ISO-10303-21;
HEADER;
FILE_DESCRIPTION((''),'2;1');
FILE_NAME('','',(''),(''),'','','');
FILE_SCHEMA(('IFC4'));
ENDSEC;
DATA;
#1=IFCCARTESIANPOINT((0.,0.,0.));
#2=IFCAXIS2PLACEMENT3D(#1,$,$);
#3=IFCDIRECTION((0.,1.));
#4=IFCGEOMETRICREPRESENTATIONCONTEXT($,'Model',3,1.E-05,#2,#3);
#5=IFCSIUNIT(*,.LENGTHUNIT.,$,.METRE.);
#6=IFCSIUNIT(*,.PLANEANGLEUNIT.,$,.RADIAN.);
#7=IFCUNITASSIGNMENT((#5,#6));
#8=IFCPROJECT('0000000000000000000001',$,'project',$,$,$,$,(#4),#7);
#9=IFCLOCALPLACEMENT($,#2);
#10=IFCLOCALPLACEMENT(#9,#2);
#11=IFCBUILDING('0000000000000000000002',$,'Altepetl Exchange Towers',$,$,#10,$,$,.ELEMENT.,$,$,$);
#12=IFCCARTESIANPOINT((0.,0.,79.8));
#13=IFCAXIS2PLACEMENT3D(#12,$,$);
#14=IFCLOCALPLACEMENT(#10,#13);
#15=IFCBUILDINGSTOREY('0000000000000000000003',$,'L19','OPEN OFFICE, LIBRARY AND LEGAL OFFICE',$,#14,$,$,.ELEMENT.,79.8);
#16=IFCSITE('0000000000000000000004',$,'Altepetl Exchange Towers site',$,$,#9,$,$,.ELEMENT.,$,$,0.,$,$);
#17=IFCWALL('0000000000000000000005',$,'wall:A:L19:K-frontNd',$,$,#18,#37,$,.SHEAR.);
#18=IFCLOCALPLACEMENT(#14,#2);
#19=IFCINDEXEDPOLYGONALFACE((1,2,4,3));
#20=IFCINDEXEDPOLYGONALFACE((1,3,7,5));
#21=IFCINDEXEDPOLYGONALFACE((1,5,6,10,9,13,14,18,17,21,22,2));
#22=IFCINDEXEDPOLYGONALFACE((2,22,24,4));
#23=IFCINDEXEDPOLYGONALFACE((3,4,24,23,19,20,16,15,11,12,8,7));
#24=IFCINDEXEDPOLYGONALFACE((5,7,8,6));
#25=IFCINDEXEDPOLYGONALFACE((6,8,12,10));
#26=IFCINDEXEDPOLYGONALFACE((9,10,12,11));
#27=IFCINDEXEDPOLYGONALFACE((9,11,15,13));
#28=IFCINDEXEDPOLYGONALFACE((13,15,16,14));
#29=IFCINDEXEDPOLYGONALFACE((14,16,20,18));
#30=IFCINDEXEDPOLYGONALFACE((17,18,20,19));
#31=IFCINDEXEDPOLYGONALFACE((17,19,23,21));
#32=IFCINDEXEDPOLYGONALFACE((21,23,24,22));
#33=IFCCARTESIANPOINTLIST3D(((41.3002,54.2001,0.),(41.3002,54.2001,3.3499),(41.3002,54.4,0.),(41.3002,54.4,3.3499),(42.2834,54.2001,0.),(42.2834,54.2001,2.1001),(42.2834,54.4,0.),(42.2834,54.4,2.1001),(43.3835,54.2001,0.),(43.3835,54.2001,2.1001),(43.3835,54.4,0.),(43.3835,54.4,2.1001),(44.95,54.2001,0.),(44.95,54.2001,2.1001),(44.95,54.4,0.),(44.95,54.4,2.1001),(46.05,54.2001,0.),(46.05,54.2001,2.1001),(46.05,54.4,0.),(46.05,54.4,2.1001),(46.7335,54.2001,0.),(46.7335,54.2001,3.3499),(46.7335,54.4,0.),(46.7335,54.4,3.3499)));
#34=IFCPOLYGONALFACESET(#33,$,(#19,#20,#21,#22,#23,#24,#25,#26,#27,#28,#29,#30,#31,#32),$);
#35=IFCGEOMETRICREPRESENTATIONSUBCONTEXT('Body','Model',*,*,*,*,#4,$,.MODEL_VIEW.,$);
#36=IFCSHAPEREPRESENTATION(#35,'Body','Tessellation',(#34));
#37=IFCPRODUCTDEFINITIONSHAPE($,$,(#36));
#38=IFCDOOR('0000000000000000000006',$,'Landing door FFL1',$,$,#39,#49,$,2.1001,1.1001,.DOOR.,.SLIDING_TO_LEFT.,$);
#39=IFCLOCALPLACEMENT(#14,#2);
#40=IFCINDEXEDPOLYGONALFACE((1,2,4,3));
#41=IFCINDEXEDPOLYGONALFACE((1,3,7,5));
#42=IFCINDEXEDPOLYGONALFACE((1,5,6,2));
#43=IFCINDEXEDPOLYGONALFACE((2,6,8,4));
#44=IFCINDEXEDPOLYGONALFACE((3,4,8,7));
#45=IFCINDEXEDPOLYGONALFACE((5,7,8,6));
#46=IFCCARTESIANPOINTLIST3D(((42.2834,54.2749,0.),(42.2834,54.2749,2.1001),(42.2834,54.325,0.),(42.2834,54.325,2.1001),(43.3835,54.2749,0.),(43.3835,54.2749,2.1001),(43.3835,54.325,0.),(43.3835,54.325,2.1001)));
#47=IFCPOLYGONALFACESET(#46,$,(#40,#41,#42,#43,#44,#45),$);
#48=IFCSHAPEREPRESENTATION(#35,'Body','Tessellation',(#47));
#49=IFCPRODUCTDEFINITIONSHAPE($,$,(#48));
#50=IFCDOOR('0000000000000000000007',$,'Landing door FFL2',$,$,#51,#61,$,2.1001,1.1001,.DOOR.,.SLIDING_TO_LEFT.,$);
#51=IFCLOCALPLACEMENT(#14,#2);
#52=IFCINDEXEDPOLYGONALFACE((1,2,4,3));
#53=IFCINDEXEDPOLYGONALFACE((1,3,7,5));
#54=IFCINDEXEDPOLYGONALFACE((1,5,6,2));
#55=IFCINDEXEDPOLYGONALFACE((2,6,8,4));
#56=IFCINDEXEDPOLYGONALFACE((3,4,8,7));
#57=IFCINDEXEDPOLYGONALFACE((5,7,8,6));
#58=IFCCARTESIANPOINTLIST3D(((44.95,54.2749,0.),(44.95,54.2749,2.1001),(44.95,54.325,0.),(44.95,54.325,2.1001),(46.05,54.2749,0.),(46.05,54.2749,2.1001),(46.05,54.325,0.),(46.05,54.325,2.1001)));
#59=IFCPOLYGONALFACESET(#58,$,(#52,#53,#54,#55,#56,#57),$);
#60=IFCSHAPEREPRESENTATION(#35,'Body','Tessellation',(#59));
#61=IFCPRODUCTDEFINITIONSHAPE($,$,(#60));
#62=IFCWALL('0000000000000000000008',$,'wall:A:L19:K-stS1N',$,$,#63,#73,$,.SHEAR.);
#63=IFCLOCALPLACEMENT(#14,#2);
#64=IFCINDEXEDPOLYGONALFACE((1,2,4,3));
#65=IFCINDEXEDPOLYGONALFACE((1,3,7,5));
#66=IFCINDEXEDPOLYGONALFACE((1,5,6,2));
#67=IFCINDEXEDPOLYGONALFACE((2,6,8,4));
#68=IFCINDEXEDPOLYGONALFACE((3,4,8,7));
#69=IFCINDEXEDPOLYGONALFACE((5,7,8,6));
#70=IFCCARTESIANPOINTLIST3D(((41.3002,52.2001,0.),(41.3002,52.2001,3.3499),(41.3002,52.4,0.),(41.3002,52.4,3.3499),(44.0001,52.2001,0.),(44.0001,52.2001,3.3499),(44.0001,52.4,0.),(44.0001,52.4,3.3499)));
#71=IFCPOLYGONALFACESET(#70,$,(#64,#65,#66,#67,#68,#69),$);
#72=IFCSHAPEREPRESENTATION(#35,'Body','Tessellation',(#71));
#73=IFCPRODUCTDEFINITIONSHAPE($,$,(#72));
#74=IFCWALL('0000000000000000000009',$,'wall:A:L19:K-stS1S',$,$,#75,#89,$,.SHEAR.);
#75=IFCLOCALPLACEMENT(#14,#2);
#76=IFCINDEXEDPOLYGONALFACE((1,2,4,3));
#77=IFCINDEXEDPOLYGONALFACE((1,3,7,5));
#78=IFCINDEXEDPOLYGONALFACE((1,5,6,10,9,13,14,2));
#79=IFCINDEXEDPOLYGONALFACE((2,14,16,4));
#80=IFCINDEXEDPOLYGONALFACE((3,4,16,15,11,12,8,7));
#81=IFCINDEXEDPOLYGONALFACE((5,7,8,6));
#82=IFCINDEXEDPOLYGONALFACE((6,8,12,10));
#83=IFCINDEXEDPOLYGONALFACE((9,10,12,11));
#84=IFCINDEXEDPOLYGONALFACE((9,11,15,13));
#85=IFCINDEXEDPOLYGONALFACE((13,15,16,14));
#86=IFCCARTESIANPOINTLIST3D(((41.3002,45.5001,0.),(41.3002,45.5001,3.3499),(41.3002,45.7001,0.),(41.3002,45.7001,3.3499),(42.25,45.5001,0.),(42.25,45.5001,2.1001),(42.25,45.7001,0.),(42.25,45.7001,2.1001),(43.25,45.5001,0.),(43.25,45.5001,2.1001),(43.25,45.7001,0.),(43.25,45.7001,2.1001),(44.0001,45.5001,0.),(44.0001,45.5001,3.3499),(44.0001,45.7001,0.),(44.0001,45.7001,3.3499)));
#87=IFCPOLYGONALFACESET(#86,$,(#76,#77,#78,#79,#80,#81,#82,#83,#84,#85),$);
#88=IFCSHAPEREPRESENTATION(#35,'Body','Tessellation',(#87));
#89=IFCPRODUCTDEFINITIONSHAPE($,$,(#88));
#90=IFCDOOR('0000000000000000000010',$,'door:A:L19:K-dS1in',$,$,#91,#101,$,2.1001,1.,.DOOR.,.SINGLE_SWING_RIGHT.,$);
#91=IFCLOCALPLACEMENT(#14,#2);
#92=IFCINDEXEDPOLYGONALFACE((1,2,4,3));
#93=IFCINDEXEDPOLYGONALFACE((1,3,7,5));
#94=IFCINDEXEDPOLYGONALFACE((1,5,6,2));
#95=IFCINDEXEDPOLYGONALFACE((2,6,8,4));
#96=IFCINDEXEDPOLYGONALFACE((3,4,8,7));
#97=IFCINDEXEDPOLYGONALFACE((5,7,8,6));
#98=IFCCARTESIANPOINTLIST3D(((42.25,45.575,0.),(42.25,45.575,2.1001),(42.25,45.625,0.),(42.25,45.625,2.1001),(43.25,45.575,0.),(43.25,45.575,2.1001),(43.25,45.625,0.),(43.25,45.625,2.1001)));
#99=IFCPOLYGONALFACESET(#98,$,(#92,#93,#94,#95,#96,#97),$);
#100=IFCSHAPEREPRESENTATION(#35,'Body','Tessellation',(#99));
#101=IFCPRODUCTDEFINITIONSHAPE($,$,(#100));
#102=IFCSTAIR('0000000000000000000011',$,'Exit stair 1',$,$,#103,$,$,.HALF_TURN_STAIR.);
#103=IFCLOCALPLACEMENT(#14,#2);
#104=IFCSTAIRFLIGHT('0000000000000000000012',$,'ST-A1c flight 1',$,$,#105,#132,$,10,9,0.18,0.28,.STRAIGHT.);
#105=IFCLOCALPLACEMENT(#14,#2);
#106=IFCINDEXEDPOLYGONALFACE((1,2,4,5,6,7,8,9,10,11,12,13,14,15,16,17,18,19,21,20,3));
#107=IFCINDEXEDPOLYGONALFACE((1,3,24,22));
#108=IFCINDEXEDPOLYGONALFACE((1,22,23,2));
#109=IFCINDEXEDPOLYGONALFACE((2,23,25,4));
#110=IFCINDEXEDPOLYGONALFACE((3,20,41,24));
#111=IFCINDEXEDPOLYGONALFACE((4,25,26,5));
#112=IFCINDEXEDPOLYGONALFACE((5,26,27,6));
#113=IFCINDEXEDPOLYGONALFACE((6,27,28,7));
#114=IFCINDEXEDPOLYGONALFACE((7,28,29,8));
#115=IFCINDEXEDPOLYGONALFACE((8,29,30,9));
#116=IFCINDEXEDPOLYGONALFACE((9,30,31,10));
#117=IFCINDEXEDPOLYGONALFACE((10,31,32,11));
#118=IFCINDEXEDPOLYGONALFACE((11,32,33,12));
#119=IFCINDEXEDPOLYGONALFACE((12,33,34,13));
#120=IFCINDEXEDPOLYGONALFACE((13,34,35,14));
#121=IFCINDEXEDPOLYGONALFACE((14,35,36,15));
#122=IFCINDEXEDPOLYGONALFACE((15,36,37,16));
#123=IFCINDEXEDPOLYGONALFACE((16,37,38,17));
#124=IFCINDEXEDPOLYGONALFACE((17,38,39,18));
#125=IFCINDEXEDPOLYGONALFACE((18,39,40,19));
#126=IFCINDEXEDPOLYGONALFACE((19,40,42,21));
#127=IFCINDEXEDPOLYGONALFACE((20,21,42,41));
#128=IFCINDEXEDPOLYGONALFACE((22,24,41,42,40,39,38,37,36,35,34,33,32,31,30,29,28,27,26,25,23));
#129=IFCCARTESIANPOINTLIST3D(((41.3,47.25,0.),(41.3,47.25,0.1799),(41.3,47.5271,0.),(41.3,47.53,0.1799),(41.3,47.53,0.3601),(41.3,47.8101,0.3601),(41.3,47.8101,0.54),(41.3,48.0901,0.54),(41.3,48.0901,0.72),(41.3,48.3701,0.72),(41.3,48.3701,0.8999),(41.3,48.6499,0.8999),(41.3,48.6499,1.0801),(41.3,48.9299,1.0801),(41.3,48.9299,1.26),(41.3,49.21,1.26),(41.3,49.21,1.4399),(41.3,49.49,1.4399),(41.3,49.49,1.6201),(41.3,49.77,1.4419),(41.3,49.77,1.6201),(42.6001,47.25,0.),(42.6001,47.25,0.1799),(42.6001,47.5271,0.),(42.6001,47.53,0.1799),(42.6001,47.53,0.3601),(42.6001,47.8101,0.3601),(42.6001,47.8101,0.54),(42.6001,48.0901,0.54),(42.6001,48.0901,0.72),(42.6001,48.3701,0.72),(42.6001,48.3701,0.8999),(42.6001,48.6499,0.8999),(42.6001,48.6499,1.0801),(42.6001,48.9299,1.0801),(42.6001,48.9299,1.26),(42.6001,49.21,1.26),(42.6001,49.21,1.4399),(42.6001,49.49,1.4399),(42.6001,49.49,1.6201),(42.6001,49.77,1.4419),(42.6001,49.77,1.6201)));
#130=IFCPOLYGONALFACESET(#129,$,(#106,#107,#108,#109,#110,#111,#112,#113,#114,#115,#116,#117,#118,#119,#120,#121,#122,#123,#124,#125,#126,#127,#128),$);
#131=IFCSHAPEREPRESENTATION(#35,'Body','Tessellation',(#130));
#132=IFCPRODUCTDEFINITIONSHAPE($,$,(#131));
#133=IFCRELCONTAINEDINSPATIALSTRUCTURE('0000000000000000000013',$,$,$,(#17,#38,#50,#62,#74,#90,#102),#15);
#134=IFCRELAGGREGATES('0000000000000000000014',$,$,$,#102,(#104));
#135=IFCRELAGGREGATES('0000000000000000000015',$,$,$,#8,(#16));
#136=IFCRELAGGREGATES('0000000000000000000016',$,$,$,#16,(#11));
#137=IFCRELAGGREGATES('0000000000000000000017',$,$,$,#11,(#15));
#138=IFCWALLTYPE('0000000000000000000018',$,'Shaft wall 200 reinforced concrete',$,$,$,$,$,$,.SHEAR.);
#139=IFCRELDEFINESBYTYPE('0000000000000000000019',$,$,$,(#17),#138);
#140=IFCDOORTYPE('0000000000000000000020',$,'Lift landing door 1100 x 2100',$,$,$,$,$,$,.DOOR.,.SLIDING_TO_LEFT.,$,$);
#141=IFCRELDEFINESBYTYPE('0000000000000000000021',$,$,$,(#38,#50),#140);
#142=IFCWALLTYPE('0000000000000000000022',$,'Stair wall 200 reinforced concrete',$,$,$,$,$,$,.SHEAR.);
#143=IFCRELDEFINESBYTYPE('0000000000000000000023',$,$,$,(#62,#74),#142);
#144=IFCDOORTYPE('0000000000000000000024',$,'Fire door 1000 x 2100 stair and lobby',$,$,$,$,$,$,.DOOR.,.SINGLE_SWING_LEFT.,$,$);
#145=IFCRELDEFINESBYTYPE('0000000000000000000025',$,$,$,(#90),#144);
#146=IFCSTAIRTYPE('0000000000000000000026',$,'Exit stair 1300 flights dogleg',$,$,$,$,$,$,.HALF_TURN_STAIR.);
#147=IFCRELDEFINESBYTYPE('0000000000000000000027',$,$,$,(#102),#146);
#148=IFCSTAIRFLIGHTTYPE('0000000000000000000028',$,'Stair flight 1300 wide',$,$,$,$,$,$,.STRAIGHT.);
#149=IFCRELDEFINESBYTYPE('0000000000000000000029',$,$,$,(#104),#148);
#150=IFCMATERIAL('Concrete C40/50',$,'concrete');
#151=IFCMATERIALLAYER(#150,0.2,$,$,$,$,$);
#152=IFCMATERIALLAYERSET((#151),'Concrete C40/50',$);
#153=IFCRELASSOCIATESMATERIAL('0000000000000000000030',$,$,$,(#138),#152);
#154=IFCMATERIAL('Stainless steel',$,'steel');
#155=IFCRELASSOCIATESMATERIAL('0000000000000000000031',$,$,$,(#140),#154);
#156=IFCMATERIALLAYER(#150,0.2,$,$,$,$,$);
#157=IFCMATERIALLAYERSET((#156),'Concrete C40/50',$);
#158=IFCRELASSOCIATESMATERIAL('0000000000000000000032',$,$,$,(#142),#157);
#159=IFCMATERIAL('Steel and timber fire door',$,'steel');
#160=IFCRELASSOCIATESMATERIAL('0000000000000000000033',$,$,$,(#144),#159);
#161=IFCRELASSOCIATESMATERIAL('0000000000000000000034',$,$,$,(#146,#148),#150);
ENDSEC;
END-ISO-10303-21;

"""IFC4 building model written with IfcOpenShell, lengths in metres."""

from ifc_helpers import new_model, si_unit, direction, frame, frame_2d, origin, place, context, subcontext, project, spatial, polyline, rectangle, outline, extrude, material, layer, layer_set, type_object, element, fill, aggregate, save


model = new_model("IFC4")

# Units and contexts
model_context = context("Model", 3, precision=1e-05, world=origin(), true_north=direction((0.0, 1.0)))
body_context = subcontext(model_context, "Body", "Model", "MODEL_VIEW")
ifc_project = project(units=[si_unit("LENGTHUNIT", "METRE"), si_unit("PLANEANGLEUNIT", "RADIAN")], contexts=[model_context])

# Site, building, storey
site_placement = place(None, origin())
site = spatial("IfcSite", under=ifc_project, at=site_placement, Name="Altepetl Exchange Towers site", CompositionType="ELEMENT", RefElevation=0.0)
building_placement = place(site_placement, origin())
building = spatial("IfcBuilding", under=site, at=building_placement, Name="Altepetl Exchange Towers", CompositionType="ELEMENT")
storey_placement = place(building_placement, frame((0.0, 0.0, 79.8)))
storey = spatial("IfcBuildingStorey", under=building, at=storey_placement, Name="L19", Description="OPEN OFFICE, LIBRARY AND LEGAL OFFICE", CompositionType="ELEMENT", Elevation=79.8)

# Wall, openings, doors
ifc_material_1 = material(Name="Concrete C40/50", Category="concrete")
ifc_layer_1 = layer(ifc_material_1, 0.2)
ifc_layer_set_1 = layer_set([ifc_layer_1], Name="Concrete C40/50")
wall_type_1 = type_object("IfcWallType", Name="Shaft wall 200 reinforced concrete", PredefinedType="SHEAR", material=ifc_layer_set_1)
wall_1_placement = place(storey_placement, frame((41.3, 54.3, 0.0)))
wall_1 = element("IfcWall", 1, at=wall_1_placement, inside=storey, type_object=wall_type_1, Name="wall:A:L19:K-frontNd", PredefinedType="SHEAR", context=body_context, shape_type="SweptSolid", body=[
    extrude(rectangle(XDim=5.4333, YDim=0.2, at=frame_2d((2.7168, 0.0))), origin(), (0.0, 0.0, 1.0), 3.3499),
])
opening_1_placement = place(wall_1_placement, frame((0.9834, 0.0, 0.0)))
opening_1 = element("IfcOpeningElement", 2, at=opening_1_placement, cuts=wall_1, PredefinedType="OPENING", context=body_context, shape_type="SweptSolid", body=[
    extrude(rectangle(XDim=1.1001, YDim=2.1001, at=frame_2d((0.55, 1.05))), frame((0.0, 0.1099, 0.0), z_axis=(0.0, -1.0, 0.0), x_axis=(1.0, 0.0, 0.0)), (0.0, 0.0, 1.0), 0.22),
])
opening_2_placement = place(wall_1_placement, frame((3.6499, 0.0, 0.0)))
opening_2 = element("IfcOpeningElement", 3, at=opening_2_placement, cuts=wall_1, PredefinedType="OPENING", context=body_context, shape_type="SweptSolid", body=[
    extrude(rectangle(XDim=1.1001, YDim=2.1001, at=frame_2d((0.55, 1.05))), frame((0.0, 0.1099, 0.0), z_axis=(0.0, -1.0, 0.0), x_axis=(1.0, 0.0, 0.0)), (0.0, 0.0, 1.0), 0.22),
])
ifc_material_2 = material(Name="Stainless steel", Category="steel")
door_type_1 = type_object("IfcDoorType", Name="Lift landing door 1100 x 2100", OperationType="SLIDING_TO_LEFT", PredefinedType="DOOR", material=ifc_material_2)
door_1_placement = place(opening_1_placement, origin())
door_1 = element("IfcDoor", 4, at=door_1_placement, inside=storey, type_object=door_type_1, Name="Landing door FFL1", OperationType="SLIDING_TO_LEFT", OverallHeight=2.1001, OverallWidth=1.1001, PredefinedType="DOOR", context=body_context, shape_type="SweptSolid", body=[
    extrude(rectangle(XDim=1.1001, YDim=2.1001, at=frame_2d((0.55, 1.05))), frame((0.0, 0.0249, 0.0), z_axis=(0.0, -1.0, 0.0), x_axis=(1.0, 0.0, 0.0)), (0.0, 0.0, 1.0), 0.05),
])
fill(opening_1, door_1)
door_2_placement = place(opening_2_placement, origin())
door_2 = element("IfcDoor", 5, at=door_2_placement, inside=storey, type_object=door_type_1, Name="Landing door FFL2", OperationType="SLIDING_TO_LEFT", OverallHeight=2.1001, OverallWidth=1.1001, PredefinedType="DOOR", context=body_context, shape_type="SweptSolid", body=[
    extrude(rectangle(XDim=1.1001, YDim=2.1001, at=frame_2d((0.55, 1.05))), frame((0.0, 0.0249, 0.0), z_axis=(0.0, -1.0, 0.0), x_axis=(1.0, 0.0, 0.0)), (0.0, 0.0, 1.0), 0.05),
])
fill(opening_2, door_2)

# Wall
ifc_layer_2 = layer(ifc_material_1, 0.2)
ifc_layer_set_2 = layer_set([ifc_layer_2], Name="Concrete C40/50")
wall_type_2 = type_object("IfcWallType", Name="Stair wall 200 reinforced concrete", PredefinedType="SHEAR", material=ifc_layer_set_2)
wall_2_placement = place(storey_placement, frame((41.3, 52.3, 0.0)))
element("IfcWall", 6, at=wall_2_placement, inside=storey, type_object=wall_type_2, Name="wall:A:L19:K-stS1N", PredefinedType="SHEAR", context=body_context, shape_type="SweptSolid", body=[
    extrude(rectangle(XDim=2.7, YDim=0.2, at=frame_2d((1.3501, 0.0))), origin(), (0.0, 0.0, 1.0), 3.3499),
])

# Wall, opening, door
wall_3_placement = place(storey_placement, frame((41.3, 45.6001, 0.0)))
wall_3 = element("IfcWall", 7, at=wall_3_placement, inside=storey, type_object=wall_type_2, Name="wall:A:L19:K-stS1S", PredefinedType="SHEAR", context=body_context, shape_type="SweptSolid", body=[
    extrude(rectangle(XDim=2.7, YDim=0.2, at=frame_2d((1.3501, 0.0))), origin(), (0.0, 0.0, 1.0), 3.3499),
])
opening_3_placement = place(wall_3_placement, frame((0.95, 0.0, 0.0)))
opening_3 = element("IfcOpeningElement", 8, at=opening_3_placement, cuts=wall_3, PredefinedType="OPENING", context=body_context, shape_type="SweptSolid", body=[
    extrude(rectangle(XDim=1.0, YDim=2.1001, at=frame_2d((0.5, 1.05))), frame((0.0, 0.1099, 0.0), z_axis=(0.0, -1.0, 0.0), x_axis=(1.0, 0.0, 0.0)), (0.0, 0.0, 1.0), 0.22),
])
ifc_material_3 = material(Name="Steel and timber fire door", Category="steel")
door_type_2 = type_object("IfcDoorType", Name="Fire door 1000 x 2100 stair and lobby", OperationType="SINGLE_SWING_LEFT", PredefinedType="DOOR", material=ifc_material_3)
door_3_placement = place(opening_3_placement, origin())
door_3 = element("IfcDoor", 9, at=door_3_placement, inside=storey, type_object=door_type_2, Name="door:A:L19:K-dS1in", OperationType="SINGLE_SWING_RIGHT", OverallHeight=2.1001, OverallWidth=1.0, PredefinedType="DOOR", context=body_context, shape_type="SweptSolid", body=[
    extrude(rectangle(XDim=1.0, YDim=2.1001, at=frame_2d((0.5, 1.05))), frame((0.0, 0.0249, 0.0), z_axis=(0.0, -1.0, 0.0), x_axis=(1.0, 0.0, 0.0)), (0.0, 0.0, 1.0), 0.05),
])
fill(opening_3, door_3)

# Stair, stair flight
stair_type = type_object("IfcStairType", Name="Exit stair 1300 flights dogleg", PredefinedType="HALF_TURN_STAIR", material=ifc_material_1)
stair_placement = place(storey_placement, origin())
stair = element("IfcStair", 10, at=stair_placement, inside=storey, type_object=stair_type, Name="Exit stair 1", PredefinedType="HALF_TURN_STAIR")
stair_flight_type = type_object("IfcStairFlightType", Name="Stair flight 1300 wide", PredefinedType="STRAIGHT", material=ifc_material_1)
stair_flight_placement = place(storey_placement, frame((41.95, 47.25, 0.0), z_axis=(0.0, 0.0, 1.0), x_axis=(0.0, 1.0, 0.0)))
stair_flight = element("IfcStairFlight", 11, at=stair_flight_placement, type_object=stair_flight_type, Name="ST-A1c flight 1", NumberOfRisers=10, NumberOfTreads=9, PredefinedType="STRAIGHT", RiserHeight=0.18, TreadLength=0.28, context=body_context, shape_type="SweptSolid", body=[
    extrude(outline(polyline([(0.0, 0.0), (0.0, 0.1799), (0.28, 0.1799), (0.28, 0.3601), (0.5601, 0.3601), (0.5601, 0.54), (0.8401, 0.54), (0.8401, 0.72), (1.1201, 0.72), (1.1201, 0.8999), (1.3999, 0.8999), (1.3999, 1.0801), (1.6799, 1.0801), (1.6799, 1.26), (1.96, 1.26), (1.96, 1.4399), (2.24, 1.4399), (2.24, 1.6201), (2.52, 1.6201), (2.52, 1.8), (2.52, 1.4419), (0.2771, 0.0), (0.0, 0.0)])), frame((0.0, 0.6499, 0.0), z_axis=(0.0, -1.0, 0.0), x_axis=(1.0, 0.0, 0.0)), (0.0, 0.0, 1.0), 1.3),
])
aggregate(stair, [stair_flight])

save(model, "model.ifc")
